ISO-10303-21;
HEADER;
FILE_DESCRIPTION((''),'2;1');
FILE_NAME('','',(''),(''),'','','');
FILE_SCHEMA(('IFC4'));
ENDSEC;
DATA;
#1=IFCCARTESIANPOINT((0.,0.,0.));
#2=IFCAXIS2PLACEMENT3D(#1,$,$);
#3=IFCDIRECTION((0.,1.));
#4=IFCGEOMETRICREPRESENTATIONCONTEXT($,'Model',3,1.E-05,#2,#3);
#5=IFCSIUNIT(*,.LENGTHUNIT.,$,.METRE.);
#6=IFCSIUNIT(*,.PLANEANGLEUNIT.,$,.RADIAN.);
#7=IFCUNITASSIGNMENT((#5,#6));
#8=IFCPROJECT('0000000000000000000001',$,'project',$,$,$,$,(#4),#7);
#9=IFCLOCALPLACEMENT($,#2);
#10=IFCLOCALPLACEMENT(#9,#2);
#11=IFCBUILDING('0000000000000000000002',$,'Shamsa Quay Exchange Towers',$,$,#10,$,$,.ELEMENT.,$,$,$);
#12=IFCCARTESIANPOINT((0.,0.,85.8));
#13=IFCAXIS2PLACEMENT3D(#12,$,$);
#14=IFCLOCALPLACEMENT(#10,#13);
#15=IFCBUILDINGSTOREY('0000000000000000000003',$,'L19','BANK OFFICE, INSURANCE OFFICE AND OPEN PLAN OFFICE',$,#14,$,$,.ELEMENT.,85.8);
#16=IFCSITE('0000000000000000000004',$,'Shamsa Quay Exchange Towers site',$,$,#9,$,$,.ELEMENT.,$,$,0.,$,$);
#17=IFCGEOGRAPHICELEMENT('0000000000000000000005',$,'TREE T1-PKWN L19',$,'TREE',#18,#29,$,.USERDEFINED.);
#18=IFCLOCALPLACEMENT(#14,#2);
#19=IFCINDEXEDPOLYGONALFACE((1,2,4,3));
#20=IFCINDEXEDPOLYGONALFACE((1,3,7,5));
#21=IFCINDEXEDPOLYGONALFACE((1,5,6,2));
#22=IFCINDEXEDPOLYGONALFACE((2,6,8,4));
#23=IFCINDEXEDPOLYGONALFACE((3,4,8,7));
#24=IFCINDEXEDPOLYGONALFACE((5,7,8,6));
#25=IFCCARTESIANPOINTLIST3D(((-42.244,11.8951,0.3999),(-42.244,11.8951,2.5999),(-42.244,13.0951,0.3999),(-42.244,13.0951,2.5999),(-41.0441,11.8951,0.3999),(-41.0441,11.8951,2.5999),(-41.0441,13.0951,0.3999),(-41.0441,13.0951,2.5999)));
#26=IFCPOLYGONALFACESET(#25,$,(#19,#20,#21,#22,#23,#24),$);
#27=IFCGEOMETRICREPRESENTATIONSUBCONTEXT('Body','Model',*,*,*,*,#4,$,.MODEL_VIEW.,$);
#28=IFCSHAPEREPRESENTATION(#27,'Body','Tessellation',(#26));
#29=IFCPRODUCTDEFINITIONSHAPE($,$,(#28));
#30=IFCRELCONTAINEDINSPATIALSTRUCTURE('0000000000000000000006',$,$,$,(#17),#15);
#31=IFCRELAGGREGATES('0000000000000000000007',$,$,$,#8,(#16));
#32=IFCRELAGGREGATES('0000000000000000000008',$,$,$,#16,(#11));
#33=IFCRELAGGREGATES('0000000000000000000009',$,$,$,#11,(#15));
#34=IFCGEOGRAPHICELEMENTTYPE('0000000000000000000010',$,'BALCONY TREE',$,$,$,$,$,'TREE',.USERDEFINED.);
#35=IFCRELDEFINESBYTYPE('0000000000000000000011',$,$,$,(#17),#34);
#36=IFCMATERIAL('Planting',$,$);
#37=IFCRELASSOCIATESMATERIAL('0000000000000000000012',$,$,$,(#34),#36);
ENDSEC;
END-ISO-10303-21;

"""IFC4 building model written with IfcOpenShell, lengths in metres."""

from ifc_helpers import new_model, si_unit, direction, frame, origin, origin_2d, place, context, subcontext, project, spatial, rectangle, extrude, material, type_object, element, save


model = new_model("IFC4")

# Units and contexts
model_context = context("Model", 3, precision=1e-05, world=origin(), true_north=direction((0.0, 1.0)))
body_context = subcontext(model_context, "Body", "Model", "MODEL_VIEW")
ifc_project = project(units=[si_unit("LENGTHUNIT", "METRE"), si_unit("PLANEANGLEUNIT", "RADIAN")], contexts=[model_context])

# Site, building, storey
site_placement = place(None, origin())
site = spatial("IfcSite", under=ifc_project, at=site_placement, Name="Shamsa Quay Exchange Towers site", CompositionType="ELEMENT", RefElevation=0.0)
building_placement = place(site_placement, origin())
building = spatial("IfcBuilding", under=site, at=building_placement, Name="Shamsa Quay Exchange Towers", CompositionType="ELEMENT")
storey_placement = place(building_placement, frame((0.0, 0.0, 85.8)))
storey = spatial("IfcBuildingStorey", under=building, at=storey_placement, Name="L19", Description="BANK OFFICE, INSURANCE OFFICE AND OPEN PLAN OFFICE", CompositionType="ELEMENT", Elevation=85.8)

# Geographic element
ifc_material_1 = material(Name="Planting")
geographic_element_type = type_object("IfcGeographicElementType", Name="BALCONY TREE", ElementType="TREE", PredefinedType="USERDEFINED", material=ifc_material_1)
geographic_element_placement = place(storey_placement, frame((-41.644, 12.4951, 0.3999), z_axis=(0.0, 0.0, 1.0), x_axis=(-1.0, 0.0, 0.0)))
element("IfcGeographicElement", 1, at=geographic_element_placement, inside=storey, type_object=geographic_element_type, Name="TREE T1-PKWN L19", ObjectType="TREE", PredefinedType="USERDEFINED", context=body_context, shape_type="SweptSolid", body=[
    extrude(rectangle(XDim=1.2, YDim=1.2, at=origin_2d()), origin(), (0.0, 0.0, 1.0), 2.2),
])

save(model, "model.ifc")
